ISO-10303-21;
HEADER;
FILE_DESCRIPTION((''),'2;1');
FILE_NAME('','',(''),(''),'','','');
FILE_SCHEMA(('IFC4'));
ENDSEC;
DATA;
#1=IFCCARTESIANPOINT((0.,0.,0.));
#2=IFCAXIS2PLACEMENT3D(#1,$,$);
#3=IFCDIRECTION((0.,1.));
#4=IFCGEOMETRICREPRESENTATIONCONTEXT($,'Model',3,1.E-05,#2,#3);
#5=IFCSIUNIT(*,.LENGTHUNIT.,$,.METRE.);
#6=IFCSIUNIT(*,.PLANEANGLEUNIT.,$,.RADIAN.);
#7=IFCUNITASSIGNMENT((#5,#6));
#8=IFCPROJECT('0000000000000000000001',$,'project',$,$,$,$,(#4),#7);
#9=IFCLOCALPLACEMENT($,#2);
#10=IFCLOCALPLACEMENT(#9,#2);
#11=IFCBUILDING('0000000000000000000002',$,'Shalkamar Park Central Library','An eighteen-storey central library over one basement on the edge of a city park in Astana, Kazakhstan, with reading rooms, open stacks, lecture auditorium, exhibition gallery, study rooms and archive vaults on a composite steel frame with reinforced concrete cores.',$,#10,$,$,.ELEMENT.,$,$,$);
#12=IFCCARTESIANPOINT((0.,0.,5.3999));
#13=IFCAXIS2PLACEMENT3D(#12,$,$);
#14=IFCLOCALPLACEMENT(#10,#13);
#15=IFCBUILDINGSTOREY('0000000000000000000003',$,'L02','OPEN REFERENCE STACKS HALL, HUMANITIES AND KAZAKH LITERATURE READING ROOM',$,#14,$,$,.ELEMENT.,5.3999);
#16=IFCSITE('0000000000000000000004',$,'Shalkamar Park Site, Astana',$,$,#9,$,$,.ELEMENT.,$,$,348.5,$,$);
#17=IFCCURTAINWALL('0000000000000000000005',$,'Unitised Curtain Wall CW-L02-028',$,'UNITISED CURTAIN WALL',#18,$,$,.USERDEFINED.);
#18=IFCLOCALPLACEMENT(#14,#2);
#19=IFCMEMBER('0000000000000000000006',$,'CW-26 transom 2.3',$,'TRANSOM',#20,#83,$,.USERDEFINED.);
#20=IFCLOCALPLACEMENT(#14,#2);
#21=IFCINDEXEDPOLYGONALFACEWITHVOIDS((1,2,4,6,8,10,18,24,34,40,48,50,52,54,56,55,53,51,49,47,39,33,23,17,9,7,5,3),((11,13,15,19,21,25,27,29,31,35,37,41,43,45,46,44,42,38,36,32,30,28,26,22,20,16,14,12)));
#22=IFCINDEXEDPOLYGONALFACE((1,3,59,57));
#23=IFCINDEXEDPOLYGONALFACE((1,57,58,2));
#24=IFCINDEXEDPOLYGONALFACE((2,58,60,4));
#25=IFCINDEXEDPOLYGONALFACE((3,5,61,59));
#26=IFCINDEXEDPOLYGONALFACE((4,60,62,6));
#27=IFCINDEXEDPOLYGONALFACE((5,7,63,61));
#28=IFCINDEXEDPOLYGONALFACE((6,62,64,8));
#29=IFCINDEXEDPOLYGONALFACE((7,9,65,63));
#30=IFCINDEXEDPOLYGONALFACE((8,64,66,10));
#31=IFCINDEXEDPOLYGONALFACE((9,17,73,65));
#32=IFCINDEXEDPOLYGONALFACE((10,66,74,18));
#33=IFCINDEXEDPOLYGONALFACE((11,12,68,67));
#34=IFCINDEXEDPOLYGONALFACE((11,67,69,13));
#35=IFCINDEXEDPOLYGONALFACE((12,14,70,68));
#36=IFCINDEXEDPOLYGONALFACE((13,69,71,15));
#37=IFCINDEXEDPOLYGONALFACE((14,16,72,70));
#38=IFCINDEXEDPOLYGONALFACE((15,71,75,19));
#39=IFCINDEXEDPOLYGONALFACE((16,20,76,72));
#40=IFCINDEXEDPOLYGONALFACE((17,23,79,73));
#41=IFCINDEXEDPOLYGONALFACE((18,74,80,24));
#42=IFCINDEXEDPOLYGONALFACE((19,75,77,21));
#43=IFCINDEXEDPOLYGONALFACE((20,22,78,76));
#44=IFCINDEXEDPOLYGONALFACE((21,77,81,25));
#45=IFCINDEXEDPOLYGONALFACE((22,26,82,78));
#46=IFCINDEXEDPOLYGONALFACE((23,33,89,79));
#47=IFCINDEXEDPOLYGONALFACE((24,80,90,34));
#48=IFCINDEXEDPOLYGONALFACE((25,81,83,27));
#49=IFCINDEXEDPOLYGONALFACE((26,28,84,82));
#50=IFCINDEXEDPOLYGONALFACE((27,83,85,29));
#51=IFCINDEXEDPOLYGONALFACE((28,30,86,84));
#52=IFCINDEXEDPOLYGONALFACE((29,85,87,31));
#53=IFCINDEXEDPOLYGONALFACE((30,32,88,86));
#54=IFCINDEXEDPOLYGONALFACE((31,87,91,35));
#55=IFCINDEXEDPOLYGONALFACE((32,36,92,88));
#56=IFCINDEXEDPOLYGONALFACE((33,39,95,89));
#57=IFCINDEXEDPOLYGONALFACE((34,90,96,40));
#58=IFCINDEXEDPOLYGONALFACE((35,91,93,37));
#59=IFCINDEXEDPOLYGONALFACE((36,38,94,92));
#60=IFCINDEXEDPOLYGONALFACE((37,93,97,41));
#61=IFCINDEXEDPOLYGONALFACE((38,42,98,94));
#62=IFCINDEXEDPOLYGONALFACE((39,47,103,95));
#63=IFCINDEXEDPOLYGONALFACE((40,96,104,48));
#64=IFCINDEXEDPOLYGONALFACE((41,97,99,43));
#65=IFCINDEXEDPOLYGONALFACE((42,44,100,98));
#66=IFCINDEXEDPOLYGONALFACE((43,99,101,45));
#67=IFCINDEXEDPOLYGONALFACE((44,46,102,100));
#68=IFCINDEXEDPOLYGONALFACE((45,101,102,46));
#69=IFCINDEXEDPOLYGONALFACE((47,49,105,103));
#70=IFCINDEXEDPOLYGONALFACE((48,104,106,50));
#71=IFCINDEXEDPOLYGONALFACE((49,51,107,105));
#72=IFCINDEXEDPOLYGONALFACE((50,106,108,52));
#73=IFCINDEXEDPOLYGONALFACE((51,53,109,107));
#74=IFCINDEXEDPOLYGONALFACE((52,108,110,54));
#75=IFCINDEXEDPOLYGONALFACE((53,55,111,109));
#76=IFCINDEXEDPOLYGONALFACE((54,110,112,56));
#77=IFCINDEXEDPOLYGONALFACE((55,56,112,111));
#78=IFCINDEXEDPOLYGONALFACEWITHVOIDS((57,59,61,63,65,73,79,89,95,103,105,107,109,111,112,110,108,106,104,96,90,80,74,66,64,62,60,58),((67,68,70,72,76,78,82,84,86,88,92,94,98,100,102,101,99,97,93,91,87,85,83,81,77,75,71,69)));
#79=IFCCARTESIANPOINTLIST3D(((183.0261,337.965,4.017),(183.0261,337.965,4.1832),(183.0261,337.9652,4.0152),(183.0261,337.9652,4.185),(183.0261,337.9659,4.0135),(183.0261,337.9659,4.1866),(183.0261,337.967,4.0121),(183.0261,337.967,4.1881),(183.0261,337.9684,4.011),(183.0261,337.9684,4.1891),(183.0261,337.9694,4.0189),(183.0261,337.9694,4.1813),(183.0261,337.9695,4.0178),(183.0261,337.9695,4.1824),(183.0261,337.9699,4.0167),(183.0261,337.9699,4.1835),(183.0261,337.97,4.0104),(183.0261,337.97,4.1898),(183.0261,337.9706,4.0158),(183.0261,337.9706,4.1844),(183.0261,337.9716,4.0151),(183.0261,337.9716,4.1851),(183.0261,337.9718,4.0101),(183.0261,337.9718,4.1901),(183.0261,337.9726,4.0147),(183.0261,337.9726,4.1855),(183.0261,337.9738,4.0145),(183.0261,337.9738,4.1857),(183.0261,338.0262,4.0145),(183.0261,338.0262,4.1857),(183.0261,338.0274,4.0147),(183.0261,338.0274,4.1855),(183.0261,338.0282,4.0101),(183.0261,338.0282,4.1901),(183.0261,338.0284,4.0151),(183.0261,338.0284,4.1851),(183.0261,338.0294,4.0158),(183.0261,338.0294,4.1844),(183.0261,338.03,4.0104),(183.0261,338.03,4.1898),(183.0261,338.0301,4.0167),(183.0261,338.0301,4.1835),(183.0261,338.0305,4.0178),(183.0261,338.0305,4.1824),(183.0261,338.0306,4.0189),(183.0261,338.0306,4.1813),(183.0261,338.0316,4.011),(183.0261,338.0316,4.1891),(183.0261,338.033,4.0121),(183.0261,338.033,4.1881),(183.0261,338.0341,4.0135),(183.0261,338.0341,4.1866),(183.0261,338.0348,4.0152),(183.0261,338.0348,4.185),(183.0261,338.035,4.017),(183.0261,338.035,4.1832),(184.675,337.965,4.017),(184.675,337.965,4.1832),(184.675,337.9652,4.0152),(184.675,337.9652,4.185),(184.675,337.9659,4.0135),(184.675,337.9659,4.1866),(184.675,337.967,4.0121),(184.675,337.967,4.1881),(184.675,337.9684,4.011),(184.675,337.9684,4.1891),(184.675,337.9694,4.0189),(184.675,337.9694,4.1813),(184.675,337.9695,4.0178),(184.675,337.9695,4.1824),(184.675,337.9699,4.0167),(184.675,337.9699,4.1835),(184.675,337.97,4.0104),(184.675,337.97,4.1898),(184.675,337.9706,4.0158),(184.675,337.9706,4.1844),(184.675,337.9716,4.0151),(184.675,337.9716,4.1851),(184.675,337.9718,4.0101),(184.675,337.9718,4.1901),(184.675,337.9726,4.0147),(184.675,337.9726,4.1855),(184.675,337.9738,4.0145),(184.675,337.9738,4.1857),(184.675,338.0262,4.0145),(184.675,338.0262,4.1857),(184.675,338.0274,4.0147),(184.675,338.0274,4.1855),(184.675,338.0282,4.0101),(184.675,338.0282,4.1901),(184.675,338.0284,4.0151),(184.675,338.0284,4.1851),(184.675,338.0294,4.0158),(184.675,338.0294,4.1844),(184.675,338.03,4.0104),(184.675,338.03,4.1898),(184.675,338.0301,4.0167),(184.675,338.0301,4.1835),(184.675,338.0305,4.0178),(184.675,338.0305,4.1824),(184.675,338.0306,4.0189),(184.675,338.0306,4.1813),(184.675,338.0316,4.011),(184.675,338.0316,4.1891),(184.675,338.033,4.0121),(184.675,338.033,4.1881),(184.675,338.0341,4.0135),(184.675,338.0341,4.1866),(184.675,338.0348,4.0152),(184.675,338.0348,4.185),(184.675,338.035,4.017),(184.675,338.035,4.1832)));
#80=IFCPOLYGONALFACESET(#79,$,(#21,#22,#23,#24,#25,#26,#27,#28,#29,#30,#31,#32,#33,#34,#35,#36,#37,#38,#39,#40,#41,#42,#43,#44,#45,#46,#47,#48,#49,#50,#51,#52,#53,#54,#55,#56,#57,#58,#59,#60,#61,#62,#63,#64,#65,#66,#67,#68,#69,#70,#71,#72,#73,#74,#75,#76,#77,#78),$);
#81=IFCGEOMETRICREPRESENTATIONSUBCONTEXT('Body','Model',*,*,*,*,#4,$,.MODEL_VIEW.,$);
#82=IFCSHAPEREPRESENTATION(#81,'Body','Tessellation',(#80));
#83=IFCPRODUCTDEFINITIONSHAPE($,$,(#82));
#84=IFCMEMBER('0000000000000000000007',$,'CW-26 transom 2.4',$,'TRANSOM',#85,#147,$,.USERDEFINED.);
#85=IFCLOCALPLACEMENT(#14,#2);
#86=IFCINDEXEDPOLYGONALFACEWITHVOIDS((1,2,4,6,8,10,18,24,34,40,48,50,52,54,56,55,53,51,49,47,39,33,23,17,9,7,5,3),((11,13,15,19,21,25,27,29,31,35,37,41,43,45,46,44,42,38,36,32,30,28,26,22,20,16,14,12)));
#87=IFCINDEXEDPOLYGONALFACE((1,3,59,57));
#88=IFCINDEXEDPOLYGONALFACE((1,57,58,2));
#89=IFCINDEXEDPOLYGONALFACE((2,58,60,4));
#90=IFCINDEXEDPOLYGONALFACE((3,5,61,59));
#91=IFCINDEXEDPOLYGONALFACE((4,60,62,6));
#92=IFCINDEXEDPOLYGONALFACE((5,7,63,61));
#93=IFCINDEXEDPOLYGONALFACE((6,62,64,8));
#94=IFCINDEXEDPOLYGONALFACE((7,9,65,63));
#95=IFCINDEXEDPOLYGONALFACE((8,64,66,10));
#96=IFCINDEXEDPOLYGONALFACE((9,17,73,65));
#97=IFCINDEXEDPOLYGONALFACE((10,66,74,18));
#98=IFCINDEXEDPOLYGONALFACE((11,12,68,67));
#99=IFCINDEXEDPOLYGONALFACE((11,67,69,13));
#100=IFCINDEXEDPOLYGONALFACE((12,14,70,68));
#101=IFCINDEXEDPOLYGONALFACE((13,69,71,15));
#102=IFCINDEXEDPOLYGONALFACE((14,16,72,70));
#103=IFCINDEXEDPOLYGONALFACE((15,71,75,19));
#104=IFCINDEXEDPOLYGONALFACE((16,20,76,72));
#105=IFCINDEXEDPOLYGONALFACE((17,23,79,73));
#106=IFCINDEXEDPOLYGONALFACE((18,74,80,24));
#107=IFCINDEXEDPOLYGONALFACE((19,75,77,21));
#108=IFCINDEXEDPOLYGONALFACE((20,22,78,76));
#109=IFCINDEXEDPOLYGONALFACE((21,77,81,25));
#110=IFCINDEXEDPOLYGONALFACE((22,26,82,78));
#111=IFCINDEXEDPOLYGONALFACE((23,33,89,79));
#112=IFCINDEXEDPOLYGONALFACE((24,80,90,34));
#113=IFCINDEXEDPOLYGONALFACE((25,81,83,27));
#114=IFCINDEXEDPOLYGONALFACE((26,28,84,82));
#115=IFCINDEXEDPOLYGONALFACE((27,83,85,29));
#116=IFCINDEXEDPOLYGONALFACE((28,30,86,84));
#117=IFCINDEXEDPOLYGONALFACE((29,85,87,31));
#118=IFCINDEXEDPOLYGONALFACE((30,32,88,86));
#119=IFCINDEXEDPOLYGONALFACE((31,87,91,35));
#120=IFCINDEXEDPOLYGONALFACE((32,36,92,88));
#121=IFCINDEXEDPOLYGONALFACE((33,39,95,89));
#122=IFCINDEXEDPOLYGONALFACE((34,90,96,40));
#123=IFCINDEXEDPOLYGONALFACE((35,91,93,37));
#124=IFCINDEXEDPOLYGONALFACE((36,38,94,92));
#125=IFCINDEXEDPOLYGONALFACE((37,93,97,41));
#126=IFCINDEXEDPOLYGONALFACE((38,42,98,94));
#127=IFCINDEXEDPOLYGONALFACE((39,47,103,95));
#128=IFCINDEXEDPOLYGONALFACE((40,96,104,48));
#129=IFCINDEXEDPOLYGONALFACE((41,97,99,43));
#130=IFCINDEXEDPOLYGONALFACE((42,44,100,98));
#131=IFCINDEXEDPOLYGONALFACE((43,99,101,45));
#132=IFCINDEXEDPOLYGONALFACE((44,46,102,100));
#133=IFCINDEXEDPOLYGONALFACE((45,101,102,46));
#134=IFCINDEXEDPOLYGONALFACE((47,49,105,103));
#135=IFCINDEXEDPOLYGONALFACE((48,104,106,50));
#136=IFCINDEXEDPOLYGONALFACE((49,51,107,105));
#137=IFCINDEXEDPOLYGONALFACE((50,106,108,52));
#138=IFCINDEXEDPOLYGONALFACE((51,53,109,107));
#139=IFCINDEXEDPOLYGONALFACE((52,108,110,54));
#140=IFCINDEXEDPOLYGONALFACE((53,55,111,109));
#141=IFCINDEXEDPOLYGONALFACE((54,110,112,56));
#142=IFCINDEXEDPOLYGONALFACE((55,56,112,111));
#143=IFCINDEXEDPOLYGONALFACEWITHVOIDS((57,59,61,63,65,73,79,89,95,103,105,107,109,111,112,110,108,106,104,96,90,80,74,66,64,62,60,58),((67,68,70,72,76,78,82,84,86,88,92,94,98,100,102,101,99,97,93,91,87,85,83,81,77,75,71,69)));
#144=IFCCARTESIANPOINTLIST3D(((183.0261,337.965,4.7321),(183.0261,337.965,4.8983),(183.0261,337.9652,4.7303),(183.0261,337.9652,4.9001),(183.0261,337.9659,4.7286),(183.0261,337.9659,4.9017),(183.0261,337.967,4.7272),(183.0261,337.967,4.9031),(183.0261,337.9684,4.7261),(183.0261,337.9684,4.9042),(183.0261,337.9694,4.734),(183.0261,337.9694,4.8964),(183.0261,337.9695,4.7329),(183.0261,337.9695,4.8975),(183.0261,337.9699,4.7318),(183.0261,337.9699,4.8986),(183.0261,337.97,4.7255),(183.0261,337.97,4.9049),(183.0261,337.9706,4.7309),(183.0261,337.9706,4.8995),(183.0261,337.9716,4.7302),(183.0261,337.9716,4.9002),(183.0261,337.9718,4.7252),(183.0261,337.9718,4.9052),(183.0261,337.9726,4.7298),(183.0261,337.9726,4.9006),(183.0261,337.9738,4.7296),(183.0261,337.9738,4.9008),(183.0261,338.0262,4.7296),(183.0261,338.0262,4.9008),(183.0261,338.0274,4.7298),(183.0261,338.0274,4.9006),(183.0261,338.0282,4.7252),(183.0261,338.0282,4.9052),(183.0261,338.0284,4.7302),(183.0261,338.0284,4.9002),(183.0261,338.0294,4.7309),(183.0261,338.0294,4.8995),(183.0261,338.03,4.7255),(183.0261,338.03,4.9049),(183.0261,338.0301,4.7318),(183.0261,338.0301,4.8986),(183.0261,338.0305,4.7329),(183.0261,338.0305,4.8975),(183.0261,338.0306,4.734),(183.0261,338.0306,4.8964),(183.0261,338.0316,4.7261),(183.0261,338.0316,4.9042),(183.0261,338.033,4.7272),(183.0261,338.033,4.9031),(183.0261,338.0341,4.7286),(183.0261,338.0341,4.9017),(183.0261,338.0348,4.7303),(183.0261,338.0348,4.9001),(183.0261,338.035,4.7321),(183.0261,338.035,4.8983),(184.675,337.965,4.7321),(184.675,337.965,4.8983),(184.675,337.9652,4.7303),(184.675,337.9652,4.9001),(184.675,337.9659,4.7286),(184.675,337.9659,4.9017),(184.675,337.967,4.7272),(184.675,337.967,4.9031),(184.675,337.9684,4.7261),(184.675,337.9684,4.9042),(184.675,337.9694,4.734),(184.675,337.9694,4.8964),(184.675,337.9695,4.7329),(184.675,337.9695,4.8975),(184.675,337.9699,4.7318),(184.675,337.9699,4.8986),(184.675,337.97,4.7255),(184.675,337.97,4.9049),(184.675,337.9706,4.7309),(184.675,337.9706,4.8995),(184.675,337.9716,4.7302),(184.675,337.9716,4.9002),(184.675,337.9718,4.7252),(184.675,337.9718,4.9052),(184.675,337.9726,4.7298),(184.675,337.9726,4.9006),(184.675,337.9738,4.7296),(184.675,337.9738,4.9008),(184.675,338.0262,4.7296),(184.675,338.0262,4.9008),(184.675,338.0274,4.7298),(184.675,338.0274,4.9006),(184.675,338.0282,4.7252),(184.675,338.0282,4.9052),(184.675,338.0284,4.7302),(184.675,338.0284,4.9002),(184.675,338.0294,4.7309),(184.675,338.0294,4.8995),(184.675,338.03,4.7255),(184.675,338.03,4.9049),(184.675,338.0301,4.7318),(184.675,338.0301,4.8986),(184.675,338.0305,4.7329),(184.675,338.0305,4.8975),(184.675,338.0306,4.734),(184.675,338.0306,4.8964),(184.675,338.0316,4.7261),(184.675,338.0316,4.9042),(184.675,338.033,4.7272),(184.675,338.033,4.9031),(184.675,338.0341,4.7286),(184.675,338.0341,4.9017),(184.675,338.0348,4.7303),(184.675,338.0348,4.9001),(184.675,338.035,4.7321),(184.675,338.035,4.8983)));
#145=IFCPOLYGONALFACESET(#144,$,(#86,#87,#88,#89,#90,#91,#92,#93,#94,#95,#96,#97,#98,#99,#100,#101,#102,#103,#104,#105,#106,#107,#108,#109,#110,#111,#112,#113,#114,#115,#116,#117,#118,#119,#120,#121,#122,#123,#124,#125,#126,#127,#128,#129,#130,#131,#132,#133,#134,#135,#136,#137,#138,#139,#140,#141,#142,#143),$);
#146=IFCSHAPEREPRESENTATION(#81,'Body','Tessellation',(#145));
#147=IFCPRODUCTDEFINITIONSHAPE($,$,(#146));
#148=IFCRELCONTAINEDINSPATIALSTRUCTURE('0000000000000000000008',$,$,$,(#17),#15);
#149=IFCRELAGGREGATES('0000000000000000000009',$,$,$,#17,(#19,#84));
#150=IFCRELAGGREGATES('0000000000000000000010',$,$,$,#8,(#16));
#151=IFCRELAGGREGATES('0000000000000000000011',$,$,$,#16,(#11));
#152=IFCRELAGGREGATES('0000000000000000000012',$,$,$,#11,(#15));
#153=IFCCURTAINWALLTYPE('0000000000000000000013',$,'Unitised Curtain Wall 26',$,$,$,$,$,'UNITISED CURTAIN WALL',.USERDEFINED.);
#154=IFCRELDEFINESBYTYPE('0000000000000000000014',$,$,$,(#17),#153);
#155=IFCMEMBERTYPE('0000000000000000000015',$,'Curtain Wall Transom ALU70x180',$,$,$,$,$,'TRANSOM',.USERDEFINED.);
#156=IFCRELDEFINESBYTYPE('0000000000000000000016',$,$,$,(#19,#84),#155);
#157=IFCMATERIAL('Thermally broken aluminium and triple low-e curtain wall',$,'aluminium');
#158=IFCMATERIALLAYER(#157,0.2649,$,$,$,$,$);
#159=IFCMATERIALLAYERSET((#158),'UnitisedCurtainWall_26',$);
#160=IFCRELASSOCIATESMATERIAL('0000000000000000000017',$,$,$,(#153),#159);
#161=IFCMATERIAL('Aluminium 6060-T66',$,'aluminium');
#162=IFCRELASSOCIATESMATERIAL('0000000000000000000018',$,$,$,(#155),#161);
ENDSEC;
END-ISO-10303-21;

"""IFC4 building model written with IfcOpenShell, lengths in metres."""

from ifc_helpers import new_model, si_unit, direction, frame, origin, origin_2d, place, context, subcontext, project, spatial, hollow_rectangle, extrude, material, layer, layer_set, material_profile, profile_set, type_object, element, aggregate, save


model = new_model("IFC4")

# Units and contexts
model_context = context("Model", 3, precision=1e-05, world=origin(), true_north=direction((0.0, 1.0)))
body_context = subcontext(model_context, "Body", "Model", "MODEL_VIEW")
ifc_project = project(units=[si_unit("LENGTHUNIT", "METRE"), si_unit("PLANEANGLEUNIT", "RADIAN")], contexts=[model_context])

# Site, building, storey
site_placement = place(None, origin())
site = spatial("IfcSite", under=ifc_project, at=site_placement, Name="Shalkamar Park Site, Astana", CompositionType="ELEMENT", RefElevation=348.5)
building_placement = place(site_placement, origin())
building = spatial("IfcBuilding", under=site, at=building_placement, Name="Shalkamar Park Central Library", Description="An eighteen-storey central library over one basement on the edge of a city park in Astana, Kazakhstan, with reading rooms, open stacks, lecture auditorium, exhibition gallery, study rooms and archive vaults on a composite steel frame with reinforced concrete cores.", CompositionType="ELEMENT")
storey_placement = place(building_placement, frame((0.0, 0.0, 5.3999)))
storey = spatial("IfcBuildingStorey", under=building, at=storey_placement, Name="L02", Description="OPEN REFERENCE STACKS HALL, HUMANITIES AND KAZAKH LITERATURE READING ROOM", CompositionType="ELEMENT", Elevation=5.3999)

# Curtain wall
ifc_material_1 = material(Name="Thermally broken aluminium and triple low-e curtain wall", Category="aluminium")
ifc_layer_1 = layer(ifc_material_1, 0.2649)
ifc_layer_set_1 = layer_set([ifc_layer_1], Name="UnitisedCurtainWall_26")
curtain_wall_type_1 = type_object("IfcCurtainWallType", Name="Unitised Curtain Wall 26", ElementType="UNITISED CURTAIN WALL", PredefinedType="USERDEFINED", material=ifc_layer_set_1)
curtain_wall_1_placement = place(storey_placement, origin())
curtain_wall_1 = element("IfcCurtainWall", 1, at=curtain_wall_1_placement, inside=storey, type_object=curtain_wall_type_1, Name="Unitised Curtain Wall CW-L02-028", ObjectType="UNITISED CURTAIN WALL", PredefinedType="USERDEFINED")
ifc_material_2 = material(Name="Aluminium 6060-T66", Category="aluminium")

# Members
ifc_material_profile_1 = material_profile(ifc_material_2, hollow_rectangle(XDim=0.0701, YDim=0.1799, WallThickness=0.0044, InnerFilletRadius=0.0044, OuterFilletRadius=0.0068, at=origin_2d()), Name="ALU 70x180x4.5")
ifc_profile_set_1 = profile_set([ifc_material_profile_1], Name="Aluminium 6060-T66")
member_type_1 = type_object("IfcMemberType", Name="Curtain Wall Transom ALU70x180", ElementType="TRANSOM", PredefinedType="USERDEFINED", material=ifc_profile_set_1)
member_1_placement = place(storey_placement, frame((183.0261, 338.0, 4.1001), z_axis=(1.0, 0.0, 0.0), x_axis=(0.0, 1.0, 0.0)))
member_1 = element("IfcMember", 2, at=member_1_placement, type_object=member_type_1, Name="CW-26 transom 2.3", ObjectType="TRANSOM", PredefinedType="USERDEFINED", context=body_context, shape_type="SweptSolid", body=[
    extrude(hollow_rectangle(XDim=0.0701, YDim=0.1799, WallThickness=0.0044, InnerFilletRadius=0.0044, OuterFilletRadius=0.0068, at=origin_2d()), origin(), (0.0, 0.0, 1.0), 1.6489),
])
member_2_placement = place(storey_placement, frame((183.0261, 338.0, 4.8152), z_axis=(1.0, 0.0, 0.0), x_axis=(0.0, 1.0, 0.0)))
member_2 = element("IfcMember", 3, at=member_2_placement, type_object=member_type_1, Name="CW-26 transom 2.4", ObjectType="TRANSOM", PredefinedType="USERDEFINED", context=body_context, shape_type="SweptSolid", body=[
    extrude(hollow_rectangle(XDim=0.0701, YDim=0.1799, WallThickness=0.0044, InnerFilletRadius=0.0044, OuterFilletRadius=0.0068, at=origin_2d()), origin(), (0.0, 0.0, 1.0), 1.6489),
])

aggregate(curtain_wall_1, [member_1, member_2])

save(model, "model.ifc")
